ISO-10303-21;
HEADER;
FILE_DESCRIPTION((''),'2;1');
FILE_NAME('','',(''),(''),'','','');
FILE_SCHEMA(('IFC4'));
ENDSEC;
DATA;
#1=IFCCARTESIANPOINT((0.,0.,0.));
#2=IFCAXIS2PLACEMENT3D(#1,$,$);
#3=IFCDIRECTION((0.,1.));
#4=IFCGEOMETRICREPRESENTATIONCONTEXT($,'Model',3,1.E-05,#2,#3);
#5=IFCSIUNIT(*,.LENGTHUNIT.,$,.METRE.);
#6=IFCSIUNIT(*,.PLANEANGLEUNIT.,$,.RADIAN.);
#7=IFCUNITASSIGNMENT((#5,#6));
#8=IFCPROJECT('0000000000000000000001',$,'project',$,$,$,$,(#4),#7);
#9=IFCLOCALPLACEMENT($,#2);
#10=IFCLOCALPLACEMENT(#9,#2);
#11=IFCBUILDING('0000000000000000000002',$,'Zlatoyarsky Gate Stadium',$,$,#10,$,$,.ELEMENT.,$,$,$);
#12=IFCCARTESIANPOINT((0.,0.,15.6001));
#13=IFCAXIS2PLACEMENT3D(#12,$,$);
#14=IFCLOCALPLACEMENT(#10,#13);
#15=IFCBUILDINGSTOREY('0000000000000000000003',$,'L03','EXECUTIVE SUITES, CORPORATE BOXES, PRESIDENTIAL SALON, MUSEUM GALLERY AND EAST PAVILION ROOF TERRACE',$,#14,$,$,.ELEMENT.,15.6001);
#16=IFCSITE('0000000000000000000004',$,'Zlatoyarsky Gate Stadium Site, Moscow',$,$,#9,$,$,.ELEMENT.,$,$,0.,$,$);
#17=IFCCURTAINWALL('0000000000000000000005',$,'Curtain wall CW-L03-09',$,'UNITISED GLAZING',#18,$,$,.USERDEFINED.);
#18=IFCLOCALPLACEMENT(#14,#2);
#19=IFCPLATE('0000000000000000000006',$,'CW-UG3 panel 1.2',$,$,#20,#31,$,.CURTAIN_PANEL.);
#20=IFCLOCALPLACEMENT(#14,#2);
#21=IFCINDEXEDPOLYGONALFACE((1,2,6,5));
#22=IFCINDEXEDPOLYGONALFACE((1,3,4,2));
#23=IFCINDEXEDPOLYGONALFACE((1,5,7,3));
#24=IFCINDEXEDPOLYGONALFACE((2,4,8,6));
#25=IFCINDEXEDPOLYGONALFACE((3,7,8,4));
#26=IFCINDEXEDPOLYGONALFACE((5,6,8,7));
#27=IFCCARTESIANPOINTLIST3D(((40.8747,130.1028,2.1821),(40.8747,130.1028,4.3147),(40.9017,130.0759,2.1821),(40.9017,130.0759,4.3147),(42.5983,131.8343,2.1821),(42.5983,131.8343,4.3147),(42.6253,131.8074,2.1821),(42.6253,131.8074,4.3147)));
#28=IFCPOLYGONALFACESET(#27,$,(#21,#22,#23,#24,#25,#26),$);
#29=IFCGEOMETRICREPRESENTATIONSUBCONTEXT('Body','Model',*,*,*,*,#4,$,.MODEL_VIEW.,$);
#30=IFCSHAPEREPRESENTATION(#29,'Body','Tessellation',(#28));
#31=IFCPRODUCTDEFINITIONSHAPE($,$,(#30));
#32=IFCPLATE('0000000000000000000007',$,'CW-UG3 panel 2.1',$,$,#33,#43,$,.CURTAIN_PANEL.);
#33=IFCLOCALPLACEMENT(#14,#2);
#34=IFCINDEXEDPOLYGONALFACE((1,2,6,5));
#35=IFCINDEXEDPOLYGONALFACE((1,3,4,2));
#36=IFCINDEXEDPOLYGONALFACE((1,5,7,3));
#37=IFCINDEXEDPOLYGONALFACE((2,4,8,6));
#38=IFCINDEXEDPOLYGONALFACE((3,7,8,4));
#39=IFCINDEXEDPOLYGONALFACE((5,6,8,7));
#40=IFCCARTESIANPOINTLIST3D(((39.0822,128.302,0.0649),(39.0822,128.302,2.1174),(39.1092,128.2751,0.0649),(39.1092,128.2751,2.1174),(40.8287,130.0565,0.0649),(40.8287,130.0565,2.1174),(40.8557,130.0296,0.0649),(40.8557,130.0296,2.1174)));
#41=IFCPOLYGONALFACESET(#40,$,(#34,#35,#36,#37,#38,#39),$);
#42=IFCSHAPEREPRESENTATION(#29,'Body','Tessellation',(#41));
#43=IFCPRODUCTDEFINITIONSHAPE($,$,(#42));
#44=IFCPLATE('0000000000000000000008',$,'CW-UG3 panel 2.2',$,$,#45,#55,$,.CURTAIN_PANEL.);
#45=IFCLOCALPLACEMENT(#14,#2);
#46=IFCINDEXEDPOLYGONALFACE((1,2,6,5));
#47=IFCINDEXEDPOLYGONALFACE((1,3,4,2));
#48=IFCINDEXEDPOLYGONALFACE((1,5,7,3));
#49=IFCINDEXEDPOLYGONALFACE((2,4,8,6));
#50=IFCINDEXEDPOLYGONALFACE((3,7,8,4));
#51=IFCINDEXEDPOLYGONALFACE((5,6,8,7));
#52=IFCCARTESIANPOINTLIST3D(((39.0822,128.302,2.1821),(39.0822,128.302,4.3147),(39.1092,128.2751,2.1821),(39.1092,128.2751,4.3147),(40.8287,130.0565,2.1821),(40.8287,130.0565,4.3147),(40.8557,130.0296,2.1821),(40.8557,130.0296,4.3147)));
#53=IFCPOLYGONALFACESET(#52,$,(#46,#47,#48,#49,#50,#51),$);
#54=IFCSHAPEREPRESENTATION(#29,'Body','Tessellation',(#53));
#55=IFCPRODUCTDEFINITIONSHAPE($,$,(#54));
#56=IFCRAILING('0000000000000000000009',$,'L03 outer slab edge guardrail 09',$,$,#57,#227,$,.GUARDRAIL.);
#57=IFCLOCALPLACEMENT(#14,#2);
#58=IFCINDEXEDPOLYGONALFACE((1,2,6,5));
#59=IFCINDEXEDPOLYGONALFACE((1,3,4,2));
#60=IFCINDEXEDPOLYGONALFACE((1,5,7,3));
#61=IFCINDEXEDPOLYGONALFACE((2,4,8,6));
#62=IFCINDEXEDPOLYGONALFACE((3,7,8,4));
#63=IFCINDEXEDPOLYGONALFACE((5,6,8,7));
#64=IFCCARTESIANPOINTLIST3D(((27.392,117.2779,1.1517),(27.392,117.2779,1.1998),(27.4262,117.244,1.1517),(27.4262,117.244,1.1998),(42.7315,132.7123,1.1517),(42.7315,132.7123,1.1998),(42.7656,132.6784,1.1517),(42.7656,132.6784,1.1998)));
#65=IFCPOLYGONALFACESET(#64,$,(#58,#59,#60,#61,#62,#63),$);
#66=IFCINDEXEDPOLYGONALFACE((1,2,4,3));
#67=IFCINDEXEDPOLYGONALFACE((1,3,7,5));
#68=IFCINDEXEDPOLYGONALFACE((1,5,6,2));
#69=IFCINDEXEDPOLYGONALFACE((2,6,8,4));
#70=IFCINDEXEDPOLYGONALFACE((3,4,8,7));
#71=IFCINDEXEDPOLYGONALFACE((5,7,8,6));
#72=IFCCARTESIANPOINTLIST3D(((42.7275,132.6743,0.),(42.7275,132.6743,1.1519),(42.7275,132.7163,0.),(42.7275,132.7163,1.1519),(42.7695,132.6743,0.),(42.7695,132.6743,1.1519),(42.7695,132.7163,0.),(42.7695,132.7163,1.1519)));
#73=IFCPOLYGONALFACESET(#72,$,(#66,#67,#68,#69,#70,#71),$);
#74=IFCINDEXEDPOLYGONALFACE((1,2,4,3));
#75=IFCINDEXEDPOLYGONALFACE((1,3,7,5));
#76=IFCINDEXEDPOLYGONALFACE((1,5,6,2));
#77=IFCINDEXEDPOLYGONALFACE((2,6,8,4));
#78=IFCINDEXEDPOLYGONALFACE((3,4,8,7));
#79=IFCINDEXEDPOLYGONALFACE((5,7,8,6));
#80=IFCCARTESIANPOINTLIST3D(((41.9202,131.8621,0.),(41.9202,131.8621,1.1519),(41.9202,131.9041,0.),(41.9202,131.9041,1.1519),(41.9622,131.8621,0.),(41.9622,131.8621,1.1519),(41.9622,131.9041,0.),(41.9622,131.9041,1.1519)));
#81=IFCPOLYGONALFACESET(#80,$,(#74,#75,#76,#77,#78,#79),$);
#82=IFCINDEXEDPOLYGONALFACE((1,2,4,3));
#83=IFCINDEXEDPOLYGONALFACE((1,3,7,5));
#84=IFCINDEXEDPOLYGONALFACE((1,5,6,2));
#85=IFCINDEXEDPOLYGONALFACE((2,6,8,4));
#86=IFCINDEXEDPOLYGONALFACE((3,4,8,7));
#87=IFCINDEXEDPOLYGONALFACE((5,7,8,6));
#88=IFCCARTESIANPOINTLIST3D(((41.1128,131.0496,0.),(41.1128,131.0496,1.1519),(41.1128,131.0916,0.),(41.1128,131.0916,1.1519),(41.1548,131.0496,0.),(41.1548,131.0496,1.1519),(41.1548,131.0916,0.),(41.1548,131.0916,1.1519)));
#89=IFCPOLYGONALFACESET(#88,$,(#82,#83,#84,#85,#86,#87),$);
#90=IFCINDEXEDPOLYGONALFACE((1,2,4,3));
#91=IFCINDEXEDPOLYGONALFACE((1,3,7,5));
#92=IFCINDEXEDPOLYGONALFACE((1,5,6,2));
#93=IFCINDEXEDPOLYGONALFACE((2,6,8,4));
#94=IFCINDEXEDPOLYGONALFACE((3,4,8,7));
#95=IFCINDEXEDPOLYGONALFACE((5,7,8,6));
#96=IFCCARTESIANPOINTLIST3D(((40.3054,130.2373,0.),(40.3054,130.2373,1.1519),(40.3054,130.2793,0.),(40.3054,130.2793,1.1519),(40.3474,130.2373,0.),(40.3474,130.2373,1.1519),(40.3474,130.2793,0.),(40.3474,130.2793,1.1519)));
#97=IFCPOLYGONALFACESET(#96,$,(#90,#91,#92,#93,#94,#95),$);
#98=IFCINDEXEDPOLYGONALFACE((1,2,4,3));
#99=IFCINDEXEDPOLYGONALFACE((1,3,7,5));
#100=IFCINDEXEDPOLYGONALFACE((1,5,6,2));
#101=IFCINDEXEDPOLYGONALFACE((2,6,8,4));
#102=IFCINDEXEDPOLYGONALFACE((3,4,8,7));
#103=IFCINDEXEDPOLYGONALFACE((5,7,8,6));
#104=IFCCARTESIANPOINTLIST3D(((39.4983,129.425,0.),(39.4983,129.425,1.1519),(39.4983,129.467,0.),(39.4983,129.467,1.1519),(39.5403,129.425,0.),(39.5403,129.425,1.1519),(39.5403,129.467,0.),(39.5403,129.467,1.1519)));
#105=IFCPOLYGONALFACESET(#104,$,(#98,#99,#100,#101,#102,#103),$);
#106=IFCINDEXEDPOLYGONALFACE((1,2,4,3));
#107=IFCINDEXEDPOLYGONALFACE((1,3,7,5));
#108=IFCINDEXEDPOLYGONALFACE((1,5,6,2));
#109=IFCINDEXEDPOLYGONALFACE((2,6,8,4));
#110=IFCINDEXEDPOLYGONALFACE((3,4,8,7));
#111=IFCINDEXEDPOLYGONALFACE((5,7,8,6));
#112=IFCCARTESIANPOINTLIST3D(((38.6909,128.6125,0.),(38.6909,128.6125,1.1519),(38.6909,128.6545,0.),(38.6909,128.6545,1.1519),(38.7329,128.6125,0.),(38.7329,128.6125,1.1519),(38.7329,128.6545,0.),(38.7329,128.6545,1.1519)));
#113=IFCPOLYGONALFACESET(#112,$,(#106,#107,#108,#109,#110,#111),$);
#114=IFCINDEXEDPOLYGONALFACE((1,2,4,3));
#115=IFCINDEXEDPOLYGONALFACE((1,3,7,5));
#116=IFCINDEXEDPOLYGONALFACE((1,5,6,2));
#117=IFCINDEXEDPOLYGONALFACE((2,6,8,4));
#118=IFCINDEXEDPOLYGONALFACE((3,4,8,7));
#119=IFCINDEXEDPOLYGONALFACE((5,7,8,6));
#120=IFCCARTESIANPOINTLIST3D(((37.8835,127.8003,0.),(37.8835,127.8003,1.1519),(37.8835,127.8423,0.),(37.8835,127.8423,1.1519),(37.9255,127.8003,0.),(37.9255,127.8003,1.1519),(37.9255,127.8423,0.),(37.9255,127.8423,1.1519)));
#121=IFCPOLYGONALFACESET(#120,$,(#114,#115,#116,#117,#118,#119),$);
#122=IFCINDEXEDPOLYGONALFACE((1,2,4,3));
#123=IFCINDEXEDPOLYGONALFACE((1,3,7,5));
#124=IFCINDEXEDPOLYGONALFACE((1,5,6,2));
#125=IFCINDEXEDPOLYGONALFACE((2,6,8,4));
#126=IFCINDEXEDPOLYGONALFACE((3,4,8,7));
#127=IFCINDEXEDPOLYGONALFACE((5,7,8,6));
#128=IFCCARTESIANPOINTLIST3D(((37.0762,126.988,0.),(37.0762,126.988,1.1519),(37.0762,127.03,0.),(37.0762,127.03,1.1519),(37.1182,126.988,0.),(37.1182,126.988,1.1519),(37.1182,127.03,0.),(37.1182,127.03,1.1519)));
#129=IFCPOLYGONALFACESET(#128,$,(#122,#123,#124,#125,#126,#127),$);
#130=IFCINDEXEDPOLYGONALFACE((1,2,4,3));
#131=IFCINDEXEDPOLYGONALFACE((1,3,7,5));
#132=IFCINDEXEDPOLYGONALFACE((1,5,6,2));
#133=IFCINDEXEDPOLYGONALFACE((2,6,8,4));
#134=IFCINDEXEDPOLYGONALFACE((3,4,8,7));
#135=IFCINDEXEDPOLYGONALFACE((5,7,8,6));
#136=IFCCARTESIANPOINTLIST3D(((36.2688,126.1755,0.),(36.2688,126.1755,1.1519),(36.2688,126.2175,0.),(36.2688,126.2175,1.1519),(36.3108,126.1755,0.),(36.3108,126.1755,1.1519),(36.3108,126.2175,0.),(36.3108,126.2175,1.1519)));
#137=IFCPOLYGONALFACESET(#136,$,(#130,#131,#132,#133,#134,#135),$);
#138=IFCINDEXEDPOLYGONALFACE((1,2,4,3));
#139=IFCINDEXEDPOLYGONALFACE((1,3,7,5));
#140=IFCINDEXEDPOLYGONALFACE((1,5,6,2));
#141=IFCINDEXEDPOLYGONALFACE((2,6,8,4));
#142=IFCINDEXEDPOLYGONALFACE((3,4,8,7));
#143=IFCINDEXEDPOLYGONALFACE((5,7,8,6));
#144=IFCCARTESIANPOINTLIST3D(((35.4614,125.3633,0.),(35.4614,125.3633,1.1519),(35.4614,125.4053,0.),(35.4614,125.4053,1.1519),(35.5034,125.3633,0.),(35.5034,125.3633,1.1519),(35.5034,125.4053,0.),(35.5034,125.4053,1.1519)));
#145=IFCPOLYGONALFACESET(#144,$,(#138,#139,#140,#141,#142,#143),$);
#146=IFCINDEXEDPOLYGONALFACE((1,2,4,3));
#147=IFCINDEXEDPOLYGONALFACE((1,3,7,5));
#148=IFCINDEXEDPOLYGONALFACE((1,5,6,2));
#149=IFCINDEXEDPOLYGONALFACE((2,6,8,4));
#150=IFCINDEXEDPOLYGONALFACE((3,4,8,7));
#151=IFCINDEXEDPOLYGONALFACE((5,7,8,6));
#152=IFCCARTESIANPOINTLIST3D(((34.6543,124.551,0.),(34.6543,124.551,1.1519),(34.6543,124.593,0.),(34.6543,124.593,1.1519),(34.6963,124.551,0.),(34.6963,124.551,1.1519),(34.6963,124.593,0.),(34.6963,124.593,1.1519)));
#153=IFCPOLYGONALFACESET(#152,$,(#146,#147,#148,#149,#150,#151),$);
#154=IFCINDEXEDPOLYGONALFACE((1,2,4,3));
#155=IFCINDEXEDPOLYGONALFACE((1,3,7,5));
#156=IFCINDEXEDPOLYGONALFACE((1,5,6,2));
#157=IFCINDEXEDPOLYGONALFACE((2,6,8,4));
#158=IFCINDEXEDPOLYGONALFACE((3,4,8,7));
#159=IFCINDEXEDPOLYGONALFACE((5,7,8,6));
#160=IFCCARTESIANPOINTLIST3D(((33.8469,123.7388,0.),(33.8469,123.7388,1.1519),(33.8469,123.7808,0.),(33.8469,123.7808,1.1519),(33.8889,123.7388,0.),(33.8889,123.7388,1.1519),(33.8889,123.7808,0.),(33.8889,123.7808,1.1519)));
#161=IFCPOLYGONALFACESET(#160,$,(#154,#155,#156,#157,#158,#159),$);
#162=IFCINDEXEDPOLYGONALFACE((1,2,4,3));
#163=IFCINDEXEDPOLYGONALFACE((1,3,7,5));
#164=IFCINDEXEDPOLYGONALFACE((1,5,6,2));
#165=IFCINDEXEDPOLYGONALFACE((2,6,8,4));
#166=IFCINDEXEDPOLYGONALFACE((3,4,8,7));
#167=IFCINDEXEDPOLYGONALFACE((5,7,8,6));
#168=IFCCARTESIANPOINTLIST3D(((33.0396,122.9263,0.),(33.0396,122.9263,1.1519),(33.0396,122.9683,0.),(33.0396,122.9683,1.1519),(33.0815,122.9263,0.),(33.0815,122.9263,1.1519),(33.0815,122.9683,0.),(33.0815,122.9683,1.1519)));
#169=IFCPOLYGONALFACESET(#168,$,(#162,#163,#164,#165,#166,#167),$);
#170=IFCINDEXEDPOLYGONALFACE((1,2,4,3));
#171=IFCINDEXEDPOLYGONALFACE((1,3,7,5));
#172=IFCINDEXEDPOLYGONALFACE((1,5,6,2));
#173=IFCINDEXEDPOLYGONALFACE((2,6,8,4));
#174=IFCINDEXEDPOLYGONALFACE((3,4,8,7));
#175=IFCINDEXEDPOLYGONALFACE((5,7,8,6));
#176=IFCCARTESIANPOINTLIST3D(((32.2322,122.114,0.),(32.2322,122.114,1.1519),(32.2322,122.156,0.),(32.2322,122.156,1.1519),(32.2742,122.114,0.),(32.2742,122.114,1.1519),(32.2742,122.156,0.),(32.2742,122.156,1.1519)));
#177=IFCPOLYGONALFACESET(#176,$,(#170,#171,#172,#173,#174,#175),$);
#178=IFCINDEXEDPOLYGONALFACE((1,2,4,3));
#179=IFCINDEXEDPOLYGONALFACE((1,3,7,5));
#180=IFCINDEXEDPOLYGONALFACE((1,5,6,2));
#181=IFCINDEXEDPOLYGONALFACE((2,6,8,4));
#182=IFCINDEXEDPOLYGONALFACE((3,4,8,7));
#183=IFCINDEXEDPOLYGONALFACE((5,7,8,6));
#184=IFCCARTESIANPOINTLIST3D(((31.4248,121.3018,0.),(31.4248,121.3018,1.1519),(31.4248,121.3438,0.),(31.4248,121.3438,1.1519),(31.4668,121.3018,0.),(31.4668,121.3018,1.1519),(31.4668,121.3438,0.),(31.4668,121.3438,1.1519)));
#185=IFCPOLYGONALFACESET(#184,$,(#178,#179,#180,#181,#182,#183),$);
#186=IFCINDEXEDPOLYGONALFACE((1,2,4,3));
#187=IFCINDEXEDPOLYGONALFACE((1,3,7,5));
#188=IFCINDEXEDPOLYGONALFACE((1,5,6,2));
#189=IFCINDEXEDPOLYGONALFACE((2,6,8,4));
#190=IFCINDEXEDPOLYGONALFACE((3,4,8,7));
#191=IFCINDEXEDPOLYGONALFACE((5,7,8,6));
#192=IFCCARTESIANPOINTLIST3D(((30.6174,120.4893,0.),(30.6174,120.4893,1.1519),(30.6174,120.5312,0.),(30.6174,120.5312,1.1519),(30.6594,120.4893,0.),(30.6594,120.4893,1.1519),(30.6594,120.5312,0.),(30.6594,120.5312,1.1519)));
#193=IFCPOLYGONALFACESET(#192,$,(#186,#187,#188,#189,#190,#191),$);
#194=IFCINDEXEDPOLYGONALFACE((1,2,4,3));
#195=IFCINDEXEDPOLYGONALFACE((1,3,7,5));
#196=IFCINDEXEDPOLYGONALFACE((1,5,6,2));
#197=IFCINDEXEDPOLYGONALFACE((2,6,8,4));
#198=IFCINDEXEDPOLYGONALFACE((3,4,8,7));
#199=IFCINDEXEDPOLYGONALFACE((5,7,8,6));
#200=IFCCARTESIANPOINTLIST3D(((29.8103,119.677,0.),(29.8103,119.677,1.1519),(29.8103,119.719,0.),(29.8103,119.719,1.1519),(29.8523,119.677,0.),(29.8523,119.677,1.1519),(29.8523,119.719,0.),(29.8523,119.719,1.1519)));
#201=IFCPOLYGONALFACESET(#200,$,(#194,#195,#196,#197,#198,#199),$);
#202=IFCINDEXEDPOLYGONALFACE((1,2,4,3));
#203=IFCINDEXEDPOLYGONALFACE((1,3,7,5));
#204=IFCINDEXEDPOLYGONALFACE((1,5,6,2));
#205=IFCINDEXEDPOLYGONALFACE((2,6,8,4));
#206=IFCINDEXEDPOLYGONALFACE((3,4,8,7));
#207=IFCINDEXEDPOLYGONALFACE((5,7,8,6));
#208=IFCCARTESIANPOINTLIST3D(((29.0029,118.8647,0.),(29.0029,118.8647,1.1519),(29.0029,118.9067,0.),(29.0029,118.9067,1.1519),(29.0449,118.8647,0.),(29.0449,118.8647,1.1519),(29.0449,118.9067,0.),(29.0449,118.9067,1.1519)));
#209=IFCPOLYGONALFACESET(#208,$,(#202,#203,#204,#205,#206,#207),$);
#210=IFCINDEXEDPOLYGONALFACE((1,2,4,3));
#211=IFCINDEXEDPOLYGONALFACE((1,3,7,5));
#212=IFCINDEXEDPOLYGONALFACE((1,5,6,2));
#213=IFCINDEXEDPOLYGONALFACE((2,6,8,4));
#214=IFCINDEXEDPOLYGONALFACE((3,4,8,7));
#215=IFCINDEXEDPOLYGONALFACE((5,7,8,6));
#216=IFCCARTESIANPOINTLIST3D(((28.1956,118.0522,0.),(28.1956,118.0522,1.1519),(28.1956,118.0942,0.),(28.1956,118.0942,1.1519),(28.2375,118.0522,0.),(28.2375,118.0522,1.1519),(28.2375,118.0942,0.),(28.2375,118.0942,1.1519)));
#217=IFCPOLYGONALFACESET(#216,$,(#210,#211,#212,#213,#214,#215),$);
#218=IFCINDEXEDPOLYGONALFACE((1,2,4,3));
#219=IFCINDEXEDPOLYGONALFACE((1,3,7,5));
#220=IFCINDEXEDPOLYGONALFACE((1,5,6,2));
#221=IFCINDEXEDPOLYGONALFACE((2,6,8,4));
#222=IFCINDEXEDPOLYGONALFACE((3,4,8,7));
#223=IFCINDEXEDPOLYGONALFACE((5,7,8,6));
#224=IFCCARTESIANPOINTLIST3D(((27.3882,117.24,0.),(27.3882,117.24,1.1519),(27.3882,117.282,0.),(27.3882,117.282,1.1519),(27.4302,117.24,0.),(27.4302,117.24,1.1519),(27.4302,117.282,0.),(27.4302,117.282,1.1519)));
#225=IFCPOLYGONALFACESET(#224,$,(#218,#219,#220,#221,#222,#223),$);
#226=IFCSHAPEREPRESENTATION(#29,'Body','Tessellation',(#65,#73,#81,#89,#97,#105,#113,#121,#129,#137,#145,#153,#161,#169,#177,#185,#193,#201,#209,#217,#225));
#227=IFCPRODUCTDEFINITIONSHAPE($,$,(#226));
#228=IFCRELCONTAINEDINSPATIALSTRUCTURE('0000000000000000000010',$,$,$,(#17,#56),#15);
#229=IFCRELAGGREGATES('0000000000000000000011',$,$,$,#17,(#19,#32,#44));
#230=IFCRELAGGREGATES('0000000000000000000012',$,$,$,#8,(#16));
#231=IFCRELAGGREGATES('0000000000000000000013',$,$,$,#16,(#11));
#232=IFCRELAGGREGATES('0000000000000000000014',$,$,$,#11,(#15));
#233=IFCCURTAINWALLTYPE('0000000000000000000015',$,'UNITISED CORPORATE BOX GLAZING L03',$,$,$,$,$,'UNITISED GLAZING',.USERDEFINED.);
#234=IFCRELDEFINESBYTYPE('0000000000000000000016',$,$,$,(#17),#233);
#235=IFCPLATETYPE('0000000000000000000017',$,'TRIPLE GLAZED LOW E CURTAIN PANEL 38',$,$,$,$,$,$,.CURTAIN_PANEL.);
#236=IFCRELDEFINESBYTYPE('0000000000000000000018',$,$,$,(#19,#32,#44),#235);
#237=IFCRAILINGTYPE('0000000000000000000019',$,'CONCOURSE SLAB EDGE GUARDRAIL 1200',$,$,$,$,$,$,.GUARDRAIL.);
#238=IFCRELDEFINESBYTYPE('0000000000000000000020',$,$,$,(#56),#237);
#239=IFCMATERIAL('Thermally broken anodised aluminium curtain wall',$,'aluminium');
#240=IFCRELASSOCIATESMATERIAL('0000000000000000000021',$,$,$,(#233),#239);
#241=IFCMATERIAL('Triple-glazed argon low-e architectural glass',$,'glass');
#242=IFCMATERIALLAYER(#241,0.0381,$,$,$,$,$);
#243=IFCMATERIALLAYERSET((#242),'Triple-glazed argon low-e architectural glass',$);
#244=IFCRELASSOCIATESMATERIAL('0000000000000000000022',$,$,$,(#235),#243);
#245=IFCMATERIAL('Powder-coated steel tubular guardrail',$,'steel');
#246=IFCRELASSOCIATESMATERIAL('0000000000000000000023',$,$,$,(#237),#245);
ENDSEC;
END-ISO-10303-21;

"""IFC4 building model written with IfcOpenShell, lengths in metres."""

from ifc_helpers import new_model, si_unit, direction, frame, origin, origin_2d, place, context, subcontext, project, spatial, rectangle, extrude, material, layer, layer_set, type_object, element, aggregate, save


model = new_model("IFC4")

# Units and contexts
model_context = context("Model", 3, precision=1e-05, world=origin(), true_north=direction((0.0, 1.0)))
body_context = subcontext(model_context, "Body", "Model", "MODEL_VIEW")
ifc_project = project(units=[si_unit("LENGTHUNIT", "METRE"), si_unit("PLANEANGLEUNIT", "RADIAN")], contexts=[model_context])

# Site, building, storey
site_placement = place(None, origin())
site = spatial("IfcSite", under=ifc_project, at=site_placement, Name="Zlatoyarsky Gate Stadium Site, Moscow", CompositionType="ELEMENT", RefElevation=0.0)
building_placement = place(site_placement, origin())
building = spatial("IfcBuilding", under=site, at=building_placement, Name="Zlatoyarsky Gate Stadium", CompositionType="ELEMENT")
storey_placement = place(building_placement, frame((0.0, 0.0, 15.6001)))
storey = spatial("IfcBuildingStorey", under=building, at=storey_placement, Name="L03", Description="EXECUTIVE SUITES, CORPORATE BOXES, PRESIDENTIAL SALON, MUSEUM GALLERY AND EAST PAVILION ROOF TERRACE", CompositionType="ELEMENT", Elevation=15.6001)

# Curtain wall
ifc_material_1 = material(Name="Thermally broken anodised aluminium curtain wall", Category="aluminium")
curtain_wall_type = type_object("IfcCurtainWallType", Name="UNITISED CORPORATE BOX GLAZING L03", ElementType="UNITISED GLAZING", PredefinedType="USERDEFINED", material=ifc_material_1)
curtain_wall_placement = place(storey_placement, origin())
curtain_wall = element("IfcCurtainWall", 1, at=curtain_wall_placement, inside=storey, type_object=curtain_wall_type, Name="Curtain wall CW-L03-09", ObjectType="UNITISED GLAZING", PredefinedType="USERDEFINED")

# Plates
ifc_material_2 = material(Name="Triple-glazed argon low-e architectural glass", Category="glass")
ifc_layer_1 = layer(ifc_material_2, 0.0381)
ifc_layer_set_1 = layer_set([ifc_layer_1], Name="Triple-glazed argon low-e architectural glass")
plate_type_1 = type_object("IfcPlateType", Name="TRIPLE GLAZED LOW E CURTAIN PANEL 38", PredefinedType="CURTAIN_PANEL", material=ifc_layer_set_1)
plate_1_placement = place(storey_placement, frame((41.75, 130.9551, 2.1821), z_axis=(0.0, 0.0, 1.0), x_axis=(-0.705489, -0.708721, 0.0)))
plate_1 = element("IfcPlate", 2, at=plate_1_placement, type_object=plate_type_1, Name="CW-UG3 panel 1.2", PredefinedType="CURTAIN_PANEL", context=body_context, shape_type="SweptSolid", body=[
    extrude(rectangle(XDim=2.4431, YDim=0.0381, at=origin_2d()), origin(), (0.0, 0.0, 1.0), 2.1326),
])
plate_2_placement = place(storey_placement, frame((39.969, 129.1658, 0.0649), z_axis=(0.0, 0.0, 1.0), x_axis=(-0.705489, -0.708721, 0.0)))
plate_2 = element("IfcPlate", 3, at=plate_2_placement, type_object=plate_type_1, Name="CW-UG3 panel 2.1", PredefinedType="CURTAIN_PANEL", context=body_context, shape_type="SweptSolid", body=[
    extrude(rectangle(XDim=2.4756, YDim=0.0381, at=origin_2d()), origin(), (0.0, 0.0, 1.0), 2.0525),
])
plate_3_placement = place(storey_placement, frame((39.969, 129.1658, 2.1821), z_axis=(0.0, 0.0, 1.0), x_axis=(-0.705489, -0.708721, 0.0)))
plate_3 = element("IfcPlate", 4, at=plate_3_placement, type_object=plate_type_1, Name="CW-UG3 panel 2.2", PredefinedType="CURTAIN_PANEL", context=body_context, shape_type="SweptSolid", body=[
    extrude(rectangle(XDim=2.4756, YDim=0.0381, at=origin_2d()), origin(), (0.0, 0.0, 1.0), 2.1326),
])
aggregate(curtain_wall, [plate_1, plate_2, plate_3])

# Railing
ifc_material_3 = material(Name="Powder-coated steel tubular guardrail", Category="steel")
railing_type = type_object("IfcRailingType", Name="CONCOURSE SLAB EDGE GUARDRAIL 1200", PredefinedType="GUARDRAIL", material=ifc_material_3)
railing_placement = place(storey_placement, frame((42.7485, 132.6953, 0.0)))
element("IfcRailing", 5, at=railing_placement, inside=storey, type_object=railing_type, Name="L03 outer slab edge guardrail 09", PredefinedType="GUARDRAIL", context=body_context, shape_type="SweptSolid", body=[
    extrude(rectangle(XDim=0.0481, YDim=0.0481, at=origin_2d()), frame((0.0, 0.0, 1.1758), z_axis=(-0.704921, -0.709286, 0.0), x_axis=(0.709286, -0.704921, 0.0)), (0.0, 0.0, 1.0), 21.7605),
    extrude(rectangle(XDim=0.042, YDim=0.042, at=origin_2d()), origin(), (0.0, 0.0, 1.0), 1.1519),
    extrude(rectangle(XDim=0.042, YDim=0.042, at=origin_2d()), frame((-0.8074, -0.8123, 0.0)), (0.0, 0.0, 1.0), 1.1519),
    extrude(rectangle(XDim=0.042, YDim=0.042, at=origin_2d()), frame((-1.6147, -1.6248, 0.0)), (0.0, 0.0, 1.0), 1.1519),
    extrude(rectangle(XDim=0.042, YDim=0.042, at=origin_2d()), frame((-2.4221, -2.437, 0.0)), (0.0, 0.0, 1.0), 1.1519),
    extrude(rectangle(XDim=0.042, YDim=0.042, at=origin_2d()), frame((-3.2292, -3.2493, 0.0)), (0.0, 0.0, 1.0), 1.1519),
    extrude(rectangle(XDim=0.042, YDim=0.042, at=origin_2d()), frame((-4.0366, -4.0618, 0.0)), (0.0, 0.0, 1.0), 1.1519),
    extrude(rectangle(XDim=0.042, YDim=0.042, at=origin_2d()), frame((-4.844, -4.874, 0.0)), (0.0, 0.0, 1.0), 1.1519),
    extrude(rectangle(XDim=0.042, YDim=0.042, at=origin_2d()), frame((-5.6514, -5.6863, 0.0)), (0.0, 0.0, 1.0), 1.1519),
    extrude(rectangle(XDim=0.042, YDim=0.042, at=origin_2d()), frame((-6.4587, -6.4988, 0.0)), (0.0, 0.0, 1.0), 1.1519),
    extrude(rectangle(XDim=0.042, YDim=0.042, at=origin_2d()), frame((-7.2661, -7.311, 0.0)), (0.0, 0.0, 1.0), 1.1519),
    extrude(rectangle(XDim=0.042, YDim=0.042, at=origin_2d()), frame((-8.0732, -8.1233, 0.0)), (0.0, 0.0, 1.0), 1.1519),
    extrude(rectangle(XDim=0.042, YDim=0.042, at=origin_2d()), frame((-8.8806, -8.9355, 0.0)), (0.0, 0.0, 1.0), 1.1519),
    extrude(rectangle(XDim=0.042, YDim=0.042, at=origin_2d()), frame((-9.688, -9.748, 0.0)), (0.0, 0.0, 1.0), 1.1519),
    extrude(rectangle(XDim=0.042, YDim=0.042, at=origin_2d()), frame((-10.4954, -10.5603, 0.0)), (0.0, 0.0, 1.0), 1.1519),
    extrude(rectangle(XDim=0.042, YDim=0.042, at=origin_2d()), frame((-11.3027, -11.3726, 0.0)), (0.0, 0.0, 1.0), 1.1519),
    extrude(rectangle(XDim=0.042, YDim=0.042, at=origin_2d()), frame((-12.1101, -12.1851, 0.0)), (0.0, 0.0, 1.0), 1.1519),
    extrude(rectangle(XDim=0.042, YDim=0.042, at=origin_2d()), frame((-12.9172, -12.9973, 0.0)), (0.0, 0.0, 1.0), 1.1519),
    extrude(rectangle(XDim=0.042, YDim=0.042, at=origin_2d()), frame((-13.7246, -13.8096, 0.0)), (0.0, 0.0, 1.0), 1.1519),
    extrude(rectangle(XDim=0.042, YDim=0.042, at=origin_2d()), frame((-14.532, -14.6221, 0.0)), (0.0, 0.0, 1.0), 1.1519),
    extrude(rectangle(XDim=0.042, YDim=0.042, at=origin_2d()), frame((-15.3394, -15.4343, 0.0)), (0.0, 0.0, 1.0), 1.1519),
])

save(model, "model.ifc")
